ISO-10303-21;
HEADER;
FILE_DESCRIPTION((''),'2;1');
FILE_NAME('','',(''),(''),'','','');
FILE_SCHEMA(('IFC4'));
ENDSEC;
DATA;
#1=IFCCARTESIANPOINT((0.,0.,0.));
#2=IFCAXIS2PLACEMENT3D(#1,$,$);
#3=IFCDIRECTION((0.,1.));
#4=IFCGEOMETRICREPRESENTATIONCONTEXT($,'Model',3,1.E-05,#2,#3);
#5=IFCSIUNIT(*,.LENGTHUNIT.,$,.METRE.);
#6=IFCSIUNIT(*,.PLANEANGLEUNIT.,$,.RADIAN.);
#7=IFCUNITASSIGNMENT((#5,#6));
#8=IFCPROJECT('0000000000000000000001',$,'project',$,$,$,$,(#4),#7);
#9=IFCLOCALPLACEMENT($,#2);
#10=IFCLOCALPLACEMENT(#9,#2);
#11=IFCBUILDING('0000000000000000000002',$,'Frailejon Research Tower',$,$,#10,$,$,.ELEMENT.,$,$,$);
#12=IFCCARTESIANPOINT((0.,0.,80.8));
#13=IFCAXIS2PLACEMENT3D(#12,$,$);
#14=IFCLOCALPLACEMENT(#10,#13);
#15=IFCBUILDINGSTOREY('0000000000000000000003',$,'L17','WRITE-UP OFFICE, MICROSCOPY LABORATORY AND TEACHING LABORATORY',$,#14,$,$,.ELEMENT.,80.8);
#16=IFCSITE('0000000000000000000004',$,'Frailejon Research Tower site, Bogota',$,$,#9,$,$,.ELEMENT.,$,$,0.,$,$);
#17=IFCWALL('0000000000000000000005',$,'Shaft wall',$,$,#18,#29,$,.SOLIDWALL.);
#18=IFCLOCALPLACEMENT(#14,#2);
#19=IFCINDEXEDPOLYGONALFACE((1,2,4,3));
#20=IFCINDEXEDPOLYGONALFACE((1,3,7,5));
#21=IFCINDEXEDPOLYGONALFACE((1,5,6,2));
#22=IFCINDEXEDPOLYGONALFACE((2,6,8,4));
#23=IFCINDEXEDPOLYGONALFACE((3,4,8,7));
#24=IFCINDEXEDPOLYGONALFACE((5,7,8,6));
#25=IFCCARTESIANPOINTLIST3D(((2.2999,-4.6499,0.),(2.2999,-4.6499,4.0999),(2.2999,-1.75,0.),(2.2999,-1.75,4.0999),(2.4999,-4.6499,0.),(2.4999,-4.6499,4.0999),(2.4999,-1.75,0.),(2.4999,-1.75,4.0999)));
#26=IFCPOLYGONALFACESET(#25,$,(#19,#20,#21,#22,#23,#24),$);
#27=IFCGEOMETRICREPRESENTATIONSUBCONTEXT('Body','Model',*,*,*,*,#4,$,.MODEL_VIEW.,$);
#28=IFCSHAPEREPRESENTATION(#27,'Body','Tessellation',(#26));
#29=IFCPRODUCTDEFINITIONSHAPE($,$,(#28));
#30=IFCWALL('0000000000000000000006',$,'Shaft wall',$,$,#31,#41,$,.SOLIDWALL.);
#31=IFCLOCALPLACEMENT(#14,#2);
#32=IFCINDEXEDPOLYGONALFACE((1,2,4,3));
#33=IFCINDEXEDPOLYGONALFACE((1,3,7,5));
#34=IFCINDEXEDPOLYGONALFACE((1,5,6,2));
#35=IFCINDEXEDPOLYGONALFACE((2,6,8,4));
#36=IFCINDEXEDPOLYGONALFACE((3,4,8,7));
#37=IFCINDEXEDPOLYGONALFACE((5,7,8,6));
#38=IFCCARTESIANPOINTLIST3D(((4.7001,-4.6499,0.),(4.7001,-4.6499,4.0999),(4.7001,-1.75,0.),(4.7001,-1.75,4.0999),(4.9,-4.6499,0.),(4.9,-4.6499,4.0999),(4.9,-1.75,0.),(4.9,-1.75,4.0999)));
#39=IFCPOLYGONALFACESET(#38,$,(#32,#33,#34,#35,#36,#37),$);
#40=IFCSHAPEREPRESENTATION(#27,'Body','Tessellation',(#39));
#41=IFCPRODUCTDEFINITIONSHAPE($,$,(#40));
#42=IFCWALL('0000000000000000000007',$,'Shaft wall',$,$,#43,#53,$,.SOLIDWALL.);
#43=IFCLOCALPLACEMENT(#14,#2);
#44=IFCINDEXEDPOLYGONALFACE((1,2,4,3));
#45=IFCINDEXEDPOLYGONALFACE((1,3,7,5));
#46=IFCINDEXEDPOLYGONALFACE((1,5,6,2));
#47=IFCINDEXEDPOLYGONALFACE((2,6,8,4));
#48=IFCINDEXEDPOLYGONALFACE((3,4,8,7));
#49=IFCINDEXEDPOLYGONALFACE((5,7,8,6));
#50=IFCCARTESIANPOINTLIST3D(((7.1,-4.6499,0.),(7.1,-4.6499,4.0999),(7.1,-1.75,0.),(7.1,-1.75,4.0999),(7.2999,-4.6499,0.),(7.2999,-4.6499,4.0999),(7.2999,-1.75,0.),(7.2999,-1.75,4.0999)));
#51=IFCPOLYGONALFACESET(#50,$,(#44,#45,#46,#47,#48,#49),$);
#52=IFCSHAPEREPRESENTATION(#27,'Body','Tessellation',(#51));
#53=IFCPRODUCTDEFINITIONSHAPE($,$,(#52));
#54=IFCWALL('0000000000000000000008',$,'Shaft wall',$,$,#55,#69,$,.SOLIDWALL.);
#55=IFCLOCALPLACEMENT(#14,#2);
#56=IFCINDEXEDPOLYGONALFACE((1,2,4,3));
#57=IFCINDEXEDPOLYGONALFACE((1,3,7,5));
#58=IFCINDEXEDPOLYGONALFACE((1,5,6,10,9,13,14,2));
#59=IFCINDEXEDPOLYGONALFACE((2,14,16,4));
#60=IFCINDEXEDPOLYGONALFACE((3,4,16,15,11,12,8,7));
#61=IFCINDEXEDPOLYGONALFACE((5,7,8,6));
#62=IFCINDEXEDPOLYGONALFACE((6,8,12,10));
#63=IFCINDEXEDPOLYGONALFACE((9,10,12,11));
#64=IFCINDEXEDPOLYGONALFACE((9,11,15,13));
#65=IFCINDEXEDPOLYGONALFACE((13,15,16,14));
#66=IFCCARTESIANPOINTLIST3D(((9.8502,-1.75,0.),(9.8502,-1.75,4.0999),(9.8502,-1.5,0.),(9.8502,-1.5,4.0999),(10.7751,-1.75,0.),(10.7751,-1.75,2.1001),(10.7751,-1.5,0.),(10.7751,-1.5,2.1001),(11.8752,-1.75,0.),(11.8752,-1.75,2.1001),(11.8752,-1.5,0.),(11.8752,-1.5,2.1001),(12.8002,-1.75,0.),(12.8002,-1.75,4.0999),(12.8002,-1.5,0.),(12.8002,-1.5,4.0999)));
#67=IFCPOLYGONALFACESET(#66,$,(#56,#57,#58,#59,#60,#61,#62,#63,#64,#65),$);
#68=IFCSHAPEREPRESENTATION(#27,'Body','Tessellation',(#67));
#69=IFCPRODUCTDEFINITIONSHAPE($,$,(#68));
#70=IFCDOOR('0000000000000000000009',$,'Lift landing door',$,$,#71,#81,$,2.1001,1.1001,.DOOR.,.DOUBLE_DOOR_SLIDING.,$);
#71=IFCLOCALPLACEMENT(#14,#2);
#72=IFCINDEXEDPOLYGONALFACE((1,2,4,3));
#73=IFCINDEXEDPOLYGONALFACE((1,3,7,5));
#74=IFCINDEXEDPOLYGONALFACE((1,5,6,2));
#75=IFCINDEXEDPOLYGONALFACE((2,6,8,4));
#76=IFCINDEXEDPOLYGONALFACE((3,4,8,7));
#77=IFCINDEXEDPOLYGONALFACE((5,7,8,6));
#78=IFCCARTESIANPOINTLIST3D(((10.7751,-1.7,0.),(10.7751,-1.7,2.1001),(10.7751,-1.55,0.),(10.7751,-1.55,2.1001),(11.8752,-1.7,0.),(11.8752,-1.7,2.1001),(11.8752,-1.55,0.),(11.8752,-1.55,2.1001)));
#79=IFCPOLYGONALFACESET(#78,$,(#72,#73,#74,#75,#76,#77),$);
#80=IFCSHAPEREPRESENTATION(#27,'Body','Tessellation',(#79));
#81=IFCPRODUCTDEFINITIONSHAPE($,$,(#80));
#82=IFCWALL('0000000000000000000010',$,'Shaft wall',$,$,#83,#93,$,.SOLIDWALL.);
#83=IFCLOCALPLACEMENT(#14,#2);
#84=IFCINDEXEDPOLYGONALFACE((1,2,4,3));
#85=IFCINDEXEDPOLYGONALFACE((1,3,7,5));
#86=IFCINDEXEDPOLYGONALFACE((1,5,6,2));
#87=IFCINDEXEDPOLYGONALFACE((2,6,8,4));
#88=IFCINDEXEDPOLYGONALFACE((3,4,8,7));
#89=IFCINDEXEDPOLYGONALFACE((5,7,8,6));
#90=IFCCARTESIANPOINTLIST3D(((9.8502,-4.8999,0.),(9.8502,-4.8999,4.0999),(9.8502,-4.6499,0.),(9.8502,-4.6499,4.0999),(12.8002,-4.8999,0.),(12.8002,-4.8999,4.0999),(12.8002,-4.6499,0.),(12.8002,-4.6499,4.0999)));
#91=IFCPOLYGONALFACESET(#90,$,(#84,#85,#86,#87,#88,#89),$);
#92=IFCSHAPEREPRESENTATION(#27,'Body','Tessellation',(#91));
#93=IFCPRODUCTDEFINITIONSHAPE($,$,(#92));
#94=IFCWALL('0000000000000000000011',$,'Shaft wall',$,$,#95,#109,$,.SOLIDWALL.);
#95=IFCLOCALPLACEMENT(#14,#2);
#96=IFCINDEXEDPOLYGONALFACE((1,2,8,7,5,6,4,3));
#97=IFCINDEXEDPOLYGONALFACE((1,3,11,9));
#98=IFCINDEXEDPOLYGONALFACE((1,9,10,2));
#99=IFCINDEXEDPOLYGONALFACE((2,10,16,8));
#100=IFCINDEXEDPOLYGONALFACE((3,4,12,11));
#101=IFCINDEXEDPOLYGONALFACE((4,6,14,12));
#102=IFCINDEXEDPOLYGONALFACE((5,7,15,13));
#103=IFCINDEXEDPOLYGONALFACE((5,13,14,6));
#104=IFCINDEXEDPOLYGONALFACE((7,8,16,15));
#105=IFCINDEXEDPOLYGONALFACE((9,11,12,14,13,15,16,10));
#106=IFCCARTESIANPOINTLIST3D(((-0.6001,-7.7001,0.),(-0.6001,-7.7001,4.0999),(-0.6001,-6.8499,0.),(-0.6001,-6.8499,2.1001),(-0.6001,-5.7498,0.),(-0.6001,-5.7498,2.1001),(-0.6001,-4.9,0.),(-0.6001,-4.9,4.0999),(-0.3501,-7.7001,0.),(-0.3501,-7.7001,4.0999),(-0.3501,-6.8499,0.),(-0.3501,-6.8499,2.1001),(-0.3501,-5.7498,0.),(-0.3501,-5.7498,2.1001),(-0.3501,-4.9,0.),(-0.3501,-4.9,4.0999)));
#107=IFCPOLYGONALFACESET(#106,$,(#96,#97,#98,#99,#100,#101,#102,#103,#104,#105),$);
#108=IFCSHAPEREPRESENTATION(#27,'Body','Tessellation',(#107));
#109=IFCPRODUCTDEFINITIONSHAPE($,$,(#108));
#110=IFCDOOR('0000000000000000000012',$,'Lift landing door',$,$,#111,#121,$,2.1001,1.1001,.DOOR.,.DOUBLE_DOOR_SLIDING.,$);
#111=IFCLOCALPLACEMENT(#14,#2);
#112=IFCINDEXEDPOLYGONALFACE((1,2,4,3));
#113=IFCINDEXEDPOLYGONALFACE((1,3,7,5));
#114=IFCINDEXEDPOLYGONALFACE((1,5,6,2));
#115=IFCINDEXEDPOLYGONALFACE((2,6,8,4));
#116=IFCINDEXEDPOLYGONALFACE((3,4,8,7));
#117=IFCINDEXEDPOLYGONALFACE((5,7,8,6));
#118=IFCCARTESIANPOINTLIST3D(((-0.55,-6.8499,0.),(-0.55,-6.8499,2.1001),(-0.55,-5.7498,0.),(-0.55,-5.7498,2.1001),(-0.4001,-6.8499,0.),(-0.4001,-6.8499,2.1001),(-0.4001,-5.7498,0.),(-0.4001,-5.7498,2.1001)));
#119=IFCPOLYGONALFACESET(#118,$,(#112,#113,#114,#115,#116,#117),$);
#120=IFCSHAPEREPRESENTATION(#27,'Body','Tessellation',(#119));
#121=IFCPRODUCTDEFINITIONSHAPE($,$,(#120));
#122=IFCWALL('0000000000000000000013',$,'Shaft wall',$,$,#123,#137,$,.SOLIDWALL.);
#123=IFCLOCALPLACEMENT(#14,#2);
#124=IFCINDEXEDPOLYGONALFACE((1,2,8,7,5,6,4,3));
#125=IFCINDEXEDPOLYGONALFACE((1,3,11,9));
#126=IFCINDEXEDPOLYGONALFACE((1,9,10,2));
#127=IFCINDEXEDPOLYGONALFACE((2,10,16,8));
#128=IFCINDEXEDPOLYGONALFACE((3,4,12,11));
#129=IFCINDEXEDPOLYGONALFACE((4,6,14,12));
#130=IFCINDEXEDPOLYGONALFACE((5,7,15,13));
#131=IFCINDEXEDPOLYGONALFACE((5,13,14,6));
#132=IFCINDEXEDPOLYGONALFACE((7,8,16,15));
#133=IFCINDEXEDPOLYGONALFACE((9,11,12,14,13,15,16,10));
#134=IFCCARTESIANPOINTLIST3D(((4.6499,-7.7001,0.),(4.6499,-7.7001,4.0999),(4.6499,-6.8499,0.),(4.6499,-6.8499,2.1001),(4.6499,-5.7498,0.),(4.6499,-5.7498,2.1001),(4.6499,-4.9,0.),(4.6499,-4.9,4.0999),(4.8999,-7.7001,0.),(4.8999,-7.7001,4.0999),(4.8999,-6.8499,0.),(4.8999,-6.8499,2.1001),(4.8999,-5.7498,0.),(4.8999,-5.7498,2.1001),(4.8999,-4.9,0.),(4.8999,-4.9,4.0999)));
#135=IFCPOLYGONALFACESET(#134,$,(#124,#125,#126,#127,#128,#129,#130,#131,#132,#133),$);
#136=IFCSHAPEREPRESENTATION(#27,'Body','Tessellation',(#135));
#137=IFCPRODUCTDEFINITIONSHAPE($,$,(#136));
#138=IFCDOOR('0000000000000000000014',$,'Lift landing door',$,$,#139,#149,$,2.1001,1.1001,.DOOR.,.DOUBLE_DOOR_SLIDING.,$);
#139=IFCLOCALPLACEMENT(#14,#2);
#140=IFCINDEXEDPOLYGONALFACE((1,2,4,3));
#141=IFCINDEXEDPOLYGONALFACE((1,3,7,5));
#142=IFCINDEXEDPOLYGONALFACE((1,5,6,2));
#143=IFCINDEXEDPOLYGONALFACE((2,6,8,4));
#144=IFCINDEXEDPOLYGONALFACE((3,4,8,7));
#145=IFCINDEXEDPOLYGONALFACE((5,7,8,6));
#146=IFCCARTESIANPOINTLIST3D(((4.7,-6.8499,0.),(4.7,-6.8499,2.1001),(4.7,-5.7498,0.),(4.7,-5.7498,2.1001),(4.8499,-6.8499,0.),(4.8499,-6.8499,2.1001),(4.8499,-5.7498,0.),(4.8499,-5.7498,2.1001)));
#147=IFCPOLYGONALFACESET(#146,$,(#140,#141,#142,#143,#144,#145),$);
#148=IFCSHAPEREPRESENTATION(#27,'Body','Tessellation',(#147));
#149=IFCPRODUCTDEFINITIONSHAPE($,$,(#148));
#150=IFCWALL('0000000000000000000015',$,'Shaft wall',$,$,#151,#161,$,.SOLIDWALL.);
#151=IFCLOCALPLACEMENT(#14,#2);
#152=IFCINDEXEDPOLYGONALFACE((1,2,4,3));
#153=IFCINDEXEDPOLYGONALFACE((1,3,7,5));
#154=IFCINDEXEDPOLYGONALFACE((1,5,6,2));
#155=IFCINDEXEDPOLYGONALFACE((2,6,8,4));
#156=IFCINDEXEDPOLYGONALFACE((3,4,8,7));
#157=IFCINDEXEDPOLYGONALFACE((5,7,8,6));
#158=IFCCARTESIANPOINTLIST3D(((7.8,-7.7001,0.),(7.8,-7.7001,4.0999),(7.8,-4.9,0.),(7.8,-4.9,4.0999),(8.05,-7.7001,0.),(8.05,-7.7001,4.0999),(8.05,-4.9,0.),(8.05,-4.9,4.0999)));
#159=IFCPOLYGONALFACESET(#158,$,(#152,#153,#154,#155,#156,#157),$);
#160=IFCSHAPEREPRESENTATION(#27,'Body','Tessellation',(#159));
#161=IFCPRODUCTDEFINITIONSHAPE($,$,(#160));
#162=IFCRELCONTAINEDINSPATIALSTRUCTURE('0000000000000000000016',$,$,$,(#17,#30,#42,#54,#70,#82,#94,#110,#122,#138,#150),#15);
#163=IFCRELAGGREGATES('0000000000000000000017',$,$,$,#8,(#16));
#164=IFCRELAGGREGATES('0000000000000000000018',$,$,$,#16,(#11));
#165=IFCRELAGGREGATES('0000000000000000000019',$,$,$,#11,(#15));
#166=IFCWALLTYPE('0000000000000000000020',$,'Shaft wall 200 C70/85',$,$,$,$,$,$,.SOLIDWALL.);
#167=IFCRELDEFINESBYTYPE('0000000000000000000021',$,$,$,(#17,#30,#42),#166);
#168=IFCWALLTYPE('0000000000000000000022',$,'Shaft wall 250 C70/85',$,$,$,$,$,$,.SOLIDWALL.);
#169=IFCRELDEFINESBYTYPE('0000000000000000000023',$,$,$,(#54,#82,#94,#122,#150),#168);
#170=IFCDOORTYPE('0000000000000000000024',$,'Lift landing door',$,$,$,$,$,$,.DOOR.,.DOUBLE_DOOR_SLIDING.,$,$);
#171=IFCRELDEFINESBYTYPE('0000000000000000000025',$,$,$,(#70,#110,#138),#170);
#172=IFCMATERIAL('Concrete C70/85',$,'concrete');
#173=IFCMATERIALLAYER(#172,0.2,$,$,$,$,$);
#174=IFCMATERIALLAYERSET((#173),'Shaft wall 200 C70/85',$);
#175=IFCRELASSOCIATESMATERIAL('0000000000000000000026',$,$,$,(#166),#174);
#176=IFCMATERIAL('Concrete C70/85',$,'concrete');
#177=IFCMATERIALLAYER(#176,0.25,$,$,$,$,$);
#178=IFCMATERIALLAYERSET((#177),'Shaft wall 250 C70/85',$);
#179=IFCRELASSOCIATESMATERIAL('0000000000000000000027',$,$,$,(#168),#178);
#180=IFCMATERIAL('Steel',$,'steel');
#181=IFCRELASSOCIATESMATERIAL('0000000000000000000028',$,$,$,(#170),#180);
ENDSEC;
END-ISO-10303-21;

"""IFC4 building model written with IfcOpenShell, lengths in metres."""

from ifc_helpers import new_model, si_unit, direction, frame, frame_2d, origin, place, context, subcontext, project, spatial, rectangle, extrude, material, layer, layer_set, type_object, element, fill, save


model = new_model("IFC4")

# Units and contexts
model_context = context("Model", 3, precision=1e-05, world=origin(), true_north=direction((0.0, 1.0)))
body_context = subcontext(model_context, "Body", "Model", "MODEL_VIEW")
ifc_project = project(units=[si_unit("LENGTHUNIT", "METRE"), si_unit("PLANEANGLEUNIT", "RADIAN")], contexts=[model_context])

# Site, building, storey
site_placement = place(None, origin())
site = spatial("IfcSite", under=ifc_project, at=site_placement, Name="Frailejon Research Tower site, Bogota", CompositionType="ELEMENT", RefElevation=0.0)
building_placement = place(site_placement, origin())
building = spatial("IfcBuilding", under=site, at=building_placement, Name="Frailejon Research Tower", CompositionType="ELEMENT")
storey_placement = place(building_placement, frame((0.0, 0.0, 80.8)))
storey = spatial("IfcBuildingStorey", under=building, at=storey_placement, Name="L17", Description="WRITE-UP OFFICE, MICROSCOPY LABORATORY AND TEACHING LABORATORY", CompositionType="ELEMENT", Elevation=80.8)

# Walls
ifc_material_1 = material(Name="Concrete C70/85", Category="concrete")
ifc_layer_1 = layer(ifc_material_1, 0.2)
ifc_layer_set_1 = layer_set([ifc_layer_1], Name="Shaft wall 200 C70/85")
wall_type_1 = type_object("IfcWallType", Name="Shaft wall 200 C70/85", PredefinedType="SOLIDWALL", material=ifc_layer_set_1)
for number, where, z_axis, x_axis, name in (
    (1, (2.3999, -4.6499, 0.0), (0.0, 0.0, 1.0), (0.0, 1.0, 0.0), "Shaft wall"),
    (2, (4.8, -4.6499, 0.0), (0.0, 0.0, 1.0), (0.0, 1.0, 0.0), "Shaft wall"),
    (3, (7.2, -4.6499, 0.0), (0.0, 0.0, 1.0), (0.0, 1.0, 0.0), "Shaft wall"),
):
    element("IfcWall", number, at=place(storey_placement, frame(where, z_axis=z_axis, x_axis=x_axis)), inside=storey, type_object=wall_type_1, Name=name, PredefinedType="SOLIDWALL", context=body_context, shape_type="SweptSolid", body=[
        extrude(rectangle(XDim=2.8999, YDim=0.2, at=frame_2d((1.45, 0.0))), origin(), (0.0, 0.0, 1.0), 4.0999),
    ])

# Wall, opening, door
ifc_material_2 = material(Name="Concrete C70/85", Category="concrete")
ifc_layer_2 = layer(ifc_material_2, 0.25)
ifc_layer_set_2 = layer_set([ifc_layer_2], Name="Shaft wall 250 C70/85")
wall_type_2 = type_object("IfcWallType", Name="Shaft wall 250 C70/85", PredefinedType="SOLIDWALL", material=ifc_layer_set_2)
wall_1_placement = place(storey_placement, frame((9.8501, -1.625, 0.0), z_axis=(0.0, 0.0, 1.0), x_axis=(1.0, 0.0, 0.0)))
wall_1 = element("IfcWall", 4, at=wall_1_placement, inside=storey, type_object=wall_type_2, Name="Shaft wall", PredefinedType="SOLIDWALL", context=body_context, shape_type="SweptSolid", body=[
    extrude(rectangle(XDim=2.95, YDim=0.25, at=frame_2d((1.4751, 0.0))), origin(), (0.0, 0.0, 1.0), 4.0999),
])
opening_1_placement = place(wall_1_placement, frame((0.925, 0.0, 0.0)))
opening_1 = element("IfcOpeningElement", 5, at=opening_1_placement, cuts=wall_1, PredefinedType="OPENING", context=body_context, shape_type="SweptSolid", body=[
    extrude(rectangle(XDim=1.1001, YDim=2.1001, at=frame_2d((0.55, 1.05))), frame((0.0, 0.135, 0.0), z_axis=(0.0, -1.0, 0.0), x_axis=(1.0, 0.0, 0.0)), (0.0, 0.0, 1.0), 0.27),
])
ifc_material_3 = material(Name="Steel", Category="steel")
door_type_1 = type_object("IfcDoorType", Name="Lift landing door", OperationType="DOUBLE_DOOR_SLIDING", PredefinedType="DOOR", material=ifc_material_3)
door_1_placement = place(opening_1_placement, origin())
door_1 = element("IfcDoor", 6, at=door_1_placement, inside=storey, type_object=door_type_1, Name="Lift landing door", OperationType="DOUBLE_DOOR_SLIDING", OverallHeight=2.1001, OverallWidth=1.1001, PredefinedType="DOOR", context=body_context, shape_type="SweptSolid", body=[
    extrude(rectangle(XDim=1.1001, YDim=2.1001, at=frame_2d((0.55, 1.05))), frame((0.0, 0.075, 0.0), z_axis=(0.0, -1.0, 0.0), x_axis=(1.0, 0.0, 0.0)), (0.0, 0.0, 1.0), 0.1499),
])
fill(opening_1, door_1)

# Wall
wall_2_placement = place(storey_placement, frame((9.8501, -4.7749, 0.0), z_axis=(0.0, 0.0, 1.0), x_axis=(1.0, 0.0, 0.0)))
element("IfcWall", 7, at=wall_2_placement, inside=storey, type_object=wall_type_2, Name="Shaft wall", PredefinedType="SOLIDWALL", context=body_context, shape_type="SweptSolid", body=[
    extrude(rectangle(XDim=2.95, YDim=0.25, at=frame_2d((1.4751, 0.0))), origin(), (0.0, 0.0, 1.0), 4.0999),
])

# Walls, openings, doors
wall_3_placement = place(storey_placement, frame((-0.4751, -7.7, 0.0), z_axis=(0.0, 0.0, 1.0), x_axis=(0.0, 1.0, 0.0)))
wall_3 = element("IfcWall", 8, at=wall_3_placement, inside=storey, type_object=wall_type_2, Name="Shaft wall", PredefinedType="SOLIDWALL", context=body_context, shape_type="SweptSolid", body=[
    extrude(rectangle(XDim=2.8, YDim=0.25, at=frame_2d((1.3999, 0.0))), origin(), (0.0, 0.0, 1.0), 4.0999),
])
opening_2_placement = place(wall_3_placement, frame((0.8501, 0.0, 0.0)))
opening_2 = element("IfcOpeningElement", 9, at=opening_2_placement, cuts=wall_3, PredefinedType="OPENING", context=body_context, shape_type="SweptSolid", body=[
    extrude(rectangle(XDim=1.1001, YDim=2.1001, at=frame_2d((0.55, 1.05))), frame((0.0, 0.135, 0.0), z_axis=(0.0, -1.0, 0.0), x_axis=(1.0, 0.0, 0.0)), (0.0, 0.0, 1.0), 0.27),
])
door_2_placement = place(opening_2_placement, origin())
door_2 = element("IfcDoor", 10, at=door_2_placement, inside=storey, type_object=door_type_1, Name="Lift landing door", OperationType="DOUBLE_DOOR_SLIDING", OverallHeight=2.1001, OverallWidth=1.1001, PredefinedType="DOOR", context=body_context, shape_type="SweptSolid", body=[
    extrude(rectangle(XDim=1.1001, YDim=2.1001, at=frame_2d((0.55, 1.05))), frame((0.0, 0.075, 0.0), z_axis=(0.0, -1.0, 0.0), x_axis=(1.0, 0.0, 0.0)), (0.0, 0.0, 1.0), 0.1499),
])
fill(opening_2, door_2)
wall_4_placement = place(storey_placement, frame((4.7749, -7.7, 0.0), z_axis=(0.0, 0.0, 1.0), x_axis=(0.0, 1.0, 0.0)))
wall_4 = element("IfcWall", 11, at=wall_4_placement, inside=storey, type_object=wall_type_2, Name="Shaft wall", PredefinedType="SOLIDWALL", context=body_context, shape_type="SweptSolid", body=[
    extrude(rectangle(XDim=2.8, YDim=0.25, at=frame_2d((1.3999, 0.0))), origin(), (0.0, 0.0, 1.0), 4.0999),
])
opening_3_placement = place(wall_4_placement, frame((0.8501, 0.0, 0.0)))
opening_3 = element("IfcOpeningElement", 12, at=opening_3_placement, cuts=wall_4, PredefinedType="OPENING", context=body_context, shape_type="SweptSolid", body=[
    extrude(rectangle(XDim=1.1001, YDim=2.1001, at=frame_2d((0.55, 1.05))), frame((0.0, 0.135, 0.0), z_axis=(0.0, -1.0, 0.0), x_axis=(1.0, 0.0, 0.0)), (0.0, 0.0, 1.0), 0.27),
])
door_3_placement = place(opening_3_placement, origin())
door_3 = element("IfcDoor", 13, at=door_3_placement, inside=storey, type_object=door_type_1, Name="Lift landing door", OperationType="DOUBLE_DOOR_SLIDING", OverallHeight=2.1001, OverallWidth=1.1001, PredefinedType="DOOR", context=body_context, shape_type="SweptSolid", body=[
    extrude(rectangle(XDim=1.1001, YDim=2.1001, at=frame_2d((0.55, 1.05))), frame((0.0, 0.075, 0.0), z_axis=(0.0, -1.0, 0.0), x_axis=(1.0, 0.0, 0.0)), (0.0, 0.0, 1.0), 0.1499),
])
fill(opening_3, door_3)

# Wall
wall_5_placement = place(storey_placement, frame((7.925, -7.7, 0.0), z_axis=(0.0, 0.0, 1.0), x_axis=(0.0, 1.0, 0.0)))
element("IfcWall", 14, at=wall_5_placement, inside=storey, type_object=wall_type_2, Name="Shaft wall", PredefinedType="SOLIDWALL", context=body_context, shape_type="SweptSolid", body=[
    extrude(rectangle(XDim=2.8, YDim=0.25, at=frame_2d((1.3999, 0.0))), origin(), (0.0, 0.0, 1.0), 4.0999),
])

save(model, "model.ifc")
